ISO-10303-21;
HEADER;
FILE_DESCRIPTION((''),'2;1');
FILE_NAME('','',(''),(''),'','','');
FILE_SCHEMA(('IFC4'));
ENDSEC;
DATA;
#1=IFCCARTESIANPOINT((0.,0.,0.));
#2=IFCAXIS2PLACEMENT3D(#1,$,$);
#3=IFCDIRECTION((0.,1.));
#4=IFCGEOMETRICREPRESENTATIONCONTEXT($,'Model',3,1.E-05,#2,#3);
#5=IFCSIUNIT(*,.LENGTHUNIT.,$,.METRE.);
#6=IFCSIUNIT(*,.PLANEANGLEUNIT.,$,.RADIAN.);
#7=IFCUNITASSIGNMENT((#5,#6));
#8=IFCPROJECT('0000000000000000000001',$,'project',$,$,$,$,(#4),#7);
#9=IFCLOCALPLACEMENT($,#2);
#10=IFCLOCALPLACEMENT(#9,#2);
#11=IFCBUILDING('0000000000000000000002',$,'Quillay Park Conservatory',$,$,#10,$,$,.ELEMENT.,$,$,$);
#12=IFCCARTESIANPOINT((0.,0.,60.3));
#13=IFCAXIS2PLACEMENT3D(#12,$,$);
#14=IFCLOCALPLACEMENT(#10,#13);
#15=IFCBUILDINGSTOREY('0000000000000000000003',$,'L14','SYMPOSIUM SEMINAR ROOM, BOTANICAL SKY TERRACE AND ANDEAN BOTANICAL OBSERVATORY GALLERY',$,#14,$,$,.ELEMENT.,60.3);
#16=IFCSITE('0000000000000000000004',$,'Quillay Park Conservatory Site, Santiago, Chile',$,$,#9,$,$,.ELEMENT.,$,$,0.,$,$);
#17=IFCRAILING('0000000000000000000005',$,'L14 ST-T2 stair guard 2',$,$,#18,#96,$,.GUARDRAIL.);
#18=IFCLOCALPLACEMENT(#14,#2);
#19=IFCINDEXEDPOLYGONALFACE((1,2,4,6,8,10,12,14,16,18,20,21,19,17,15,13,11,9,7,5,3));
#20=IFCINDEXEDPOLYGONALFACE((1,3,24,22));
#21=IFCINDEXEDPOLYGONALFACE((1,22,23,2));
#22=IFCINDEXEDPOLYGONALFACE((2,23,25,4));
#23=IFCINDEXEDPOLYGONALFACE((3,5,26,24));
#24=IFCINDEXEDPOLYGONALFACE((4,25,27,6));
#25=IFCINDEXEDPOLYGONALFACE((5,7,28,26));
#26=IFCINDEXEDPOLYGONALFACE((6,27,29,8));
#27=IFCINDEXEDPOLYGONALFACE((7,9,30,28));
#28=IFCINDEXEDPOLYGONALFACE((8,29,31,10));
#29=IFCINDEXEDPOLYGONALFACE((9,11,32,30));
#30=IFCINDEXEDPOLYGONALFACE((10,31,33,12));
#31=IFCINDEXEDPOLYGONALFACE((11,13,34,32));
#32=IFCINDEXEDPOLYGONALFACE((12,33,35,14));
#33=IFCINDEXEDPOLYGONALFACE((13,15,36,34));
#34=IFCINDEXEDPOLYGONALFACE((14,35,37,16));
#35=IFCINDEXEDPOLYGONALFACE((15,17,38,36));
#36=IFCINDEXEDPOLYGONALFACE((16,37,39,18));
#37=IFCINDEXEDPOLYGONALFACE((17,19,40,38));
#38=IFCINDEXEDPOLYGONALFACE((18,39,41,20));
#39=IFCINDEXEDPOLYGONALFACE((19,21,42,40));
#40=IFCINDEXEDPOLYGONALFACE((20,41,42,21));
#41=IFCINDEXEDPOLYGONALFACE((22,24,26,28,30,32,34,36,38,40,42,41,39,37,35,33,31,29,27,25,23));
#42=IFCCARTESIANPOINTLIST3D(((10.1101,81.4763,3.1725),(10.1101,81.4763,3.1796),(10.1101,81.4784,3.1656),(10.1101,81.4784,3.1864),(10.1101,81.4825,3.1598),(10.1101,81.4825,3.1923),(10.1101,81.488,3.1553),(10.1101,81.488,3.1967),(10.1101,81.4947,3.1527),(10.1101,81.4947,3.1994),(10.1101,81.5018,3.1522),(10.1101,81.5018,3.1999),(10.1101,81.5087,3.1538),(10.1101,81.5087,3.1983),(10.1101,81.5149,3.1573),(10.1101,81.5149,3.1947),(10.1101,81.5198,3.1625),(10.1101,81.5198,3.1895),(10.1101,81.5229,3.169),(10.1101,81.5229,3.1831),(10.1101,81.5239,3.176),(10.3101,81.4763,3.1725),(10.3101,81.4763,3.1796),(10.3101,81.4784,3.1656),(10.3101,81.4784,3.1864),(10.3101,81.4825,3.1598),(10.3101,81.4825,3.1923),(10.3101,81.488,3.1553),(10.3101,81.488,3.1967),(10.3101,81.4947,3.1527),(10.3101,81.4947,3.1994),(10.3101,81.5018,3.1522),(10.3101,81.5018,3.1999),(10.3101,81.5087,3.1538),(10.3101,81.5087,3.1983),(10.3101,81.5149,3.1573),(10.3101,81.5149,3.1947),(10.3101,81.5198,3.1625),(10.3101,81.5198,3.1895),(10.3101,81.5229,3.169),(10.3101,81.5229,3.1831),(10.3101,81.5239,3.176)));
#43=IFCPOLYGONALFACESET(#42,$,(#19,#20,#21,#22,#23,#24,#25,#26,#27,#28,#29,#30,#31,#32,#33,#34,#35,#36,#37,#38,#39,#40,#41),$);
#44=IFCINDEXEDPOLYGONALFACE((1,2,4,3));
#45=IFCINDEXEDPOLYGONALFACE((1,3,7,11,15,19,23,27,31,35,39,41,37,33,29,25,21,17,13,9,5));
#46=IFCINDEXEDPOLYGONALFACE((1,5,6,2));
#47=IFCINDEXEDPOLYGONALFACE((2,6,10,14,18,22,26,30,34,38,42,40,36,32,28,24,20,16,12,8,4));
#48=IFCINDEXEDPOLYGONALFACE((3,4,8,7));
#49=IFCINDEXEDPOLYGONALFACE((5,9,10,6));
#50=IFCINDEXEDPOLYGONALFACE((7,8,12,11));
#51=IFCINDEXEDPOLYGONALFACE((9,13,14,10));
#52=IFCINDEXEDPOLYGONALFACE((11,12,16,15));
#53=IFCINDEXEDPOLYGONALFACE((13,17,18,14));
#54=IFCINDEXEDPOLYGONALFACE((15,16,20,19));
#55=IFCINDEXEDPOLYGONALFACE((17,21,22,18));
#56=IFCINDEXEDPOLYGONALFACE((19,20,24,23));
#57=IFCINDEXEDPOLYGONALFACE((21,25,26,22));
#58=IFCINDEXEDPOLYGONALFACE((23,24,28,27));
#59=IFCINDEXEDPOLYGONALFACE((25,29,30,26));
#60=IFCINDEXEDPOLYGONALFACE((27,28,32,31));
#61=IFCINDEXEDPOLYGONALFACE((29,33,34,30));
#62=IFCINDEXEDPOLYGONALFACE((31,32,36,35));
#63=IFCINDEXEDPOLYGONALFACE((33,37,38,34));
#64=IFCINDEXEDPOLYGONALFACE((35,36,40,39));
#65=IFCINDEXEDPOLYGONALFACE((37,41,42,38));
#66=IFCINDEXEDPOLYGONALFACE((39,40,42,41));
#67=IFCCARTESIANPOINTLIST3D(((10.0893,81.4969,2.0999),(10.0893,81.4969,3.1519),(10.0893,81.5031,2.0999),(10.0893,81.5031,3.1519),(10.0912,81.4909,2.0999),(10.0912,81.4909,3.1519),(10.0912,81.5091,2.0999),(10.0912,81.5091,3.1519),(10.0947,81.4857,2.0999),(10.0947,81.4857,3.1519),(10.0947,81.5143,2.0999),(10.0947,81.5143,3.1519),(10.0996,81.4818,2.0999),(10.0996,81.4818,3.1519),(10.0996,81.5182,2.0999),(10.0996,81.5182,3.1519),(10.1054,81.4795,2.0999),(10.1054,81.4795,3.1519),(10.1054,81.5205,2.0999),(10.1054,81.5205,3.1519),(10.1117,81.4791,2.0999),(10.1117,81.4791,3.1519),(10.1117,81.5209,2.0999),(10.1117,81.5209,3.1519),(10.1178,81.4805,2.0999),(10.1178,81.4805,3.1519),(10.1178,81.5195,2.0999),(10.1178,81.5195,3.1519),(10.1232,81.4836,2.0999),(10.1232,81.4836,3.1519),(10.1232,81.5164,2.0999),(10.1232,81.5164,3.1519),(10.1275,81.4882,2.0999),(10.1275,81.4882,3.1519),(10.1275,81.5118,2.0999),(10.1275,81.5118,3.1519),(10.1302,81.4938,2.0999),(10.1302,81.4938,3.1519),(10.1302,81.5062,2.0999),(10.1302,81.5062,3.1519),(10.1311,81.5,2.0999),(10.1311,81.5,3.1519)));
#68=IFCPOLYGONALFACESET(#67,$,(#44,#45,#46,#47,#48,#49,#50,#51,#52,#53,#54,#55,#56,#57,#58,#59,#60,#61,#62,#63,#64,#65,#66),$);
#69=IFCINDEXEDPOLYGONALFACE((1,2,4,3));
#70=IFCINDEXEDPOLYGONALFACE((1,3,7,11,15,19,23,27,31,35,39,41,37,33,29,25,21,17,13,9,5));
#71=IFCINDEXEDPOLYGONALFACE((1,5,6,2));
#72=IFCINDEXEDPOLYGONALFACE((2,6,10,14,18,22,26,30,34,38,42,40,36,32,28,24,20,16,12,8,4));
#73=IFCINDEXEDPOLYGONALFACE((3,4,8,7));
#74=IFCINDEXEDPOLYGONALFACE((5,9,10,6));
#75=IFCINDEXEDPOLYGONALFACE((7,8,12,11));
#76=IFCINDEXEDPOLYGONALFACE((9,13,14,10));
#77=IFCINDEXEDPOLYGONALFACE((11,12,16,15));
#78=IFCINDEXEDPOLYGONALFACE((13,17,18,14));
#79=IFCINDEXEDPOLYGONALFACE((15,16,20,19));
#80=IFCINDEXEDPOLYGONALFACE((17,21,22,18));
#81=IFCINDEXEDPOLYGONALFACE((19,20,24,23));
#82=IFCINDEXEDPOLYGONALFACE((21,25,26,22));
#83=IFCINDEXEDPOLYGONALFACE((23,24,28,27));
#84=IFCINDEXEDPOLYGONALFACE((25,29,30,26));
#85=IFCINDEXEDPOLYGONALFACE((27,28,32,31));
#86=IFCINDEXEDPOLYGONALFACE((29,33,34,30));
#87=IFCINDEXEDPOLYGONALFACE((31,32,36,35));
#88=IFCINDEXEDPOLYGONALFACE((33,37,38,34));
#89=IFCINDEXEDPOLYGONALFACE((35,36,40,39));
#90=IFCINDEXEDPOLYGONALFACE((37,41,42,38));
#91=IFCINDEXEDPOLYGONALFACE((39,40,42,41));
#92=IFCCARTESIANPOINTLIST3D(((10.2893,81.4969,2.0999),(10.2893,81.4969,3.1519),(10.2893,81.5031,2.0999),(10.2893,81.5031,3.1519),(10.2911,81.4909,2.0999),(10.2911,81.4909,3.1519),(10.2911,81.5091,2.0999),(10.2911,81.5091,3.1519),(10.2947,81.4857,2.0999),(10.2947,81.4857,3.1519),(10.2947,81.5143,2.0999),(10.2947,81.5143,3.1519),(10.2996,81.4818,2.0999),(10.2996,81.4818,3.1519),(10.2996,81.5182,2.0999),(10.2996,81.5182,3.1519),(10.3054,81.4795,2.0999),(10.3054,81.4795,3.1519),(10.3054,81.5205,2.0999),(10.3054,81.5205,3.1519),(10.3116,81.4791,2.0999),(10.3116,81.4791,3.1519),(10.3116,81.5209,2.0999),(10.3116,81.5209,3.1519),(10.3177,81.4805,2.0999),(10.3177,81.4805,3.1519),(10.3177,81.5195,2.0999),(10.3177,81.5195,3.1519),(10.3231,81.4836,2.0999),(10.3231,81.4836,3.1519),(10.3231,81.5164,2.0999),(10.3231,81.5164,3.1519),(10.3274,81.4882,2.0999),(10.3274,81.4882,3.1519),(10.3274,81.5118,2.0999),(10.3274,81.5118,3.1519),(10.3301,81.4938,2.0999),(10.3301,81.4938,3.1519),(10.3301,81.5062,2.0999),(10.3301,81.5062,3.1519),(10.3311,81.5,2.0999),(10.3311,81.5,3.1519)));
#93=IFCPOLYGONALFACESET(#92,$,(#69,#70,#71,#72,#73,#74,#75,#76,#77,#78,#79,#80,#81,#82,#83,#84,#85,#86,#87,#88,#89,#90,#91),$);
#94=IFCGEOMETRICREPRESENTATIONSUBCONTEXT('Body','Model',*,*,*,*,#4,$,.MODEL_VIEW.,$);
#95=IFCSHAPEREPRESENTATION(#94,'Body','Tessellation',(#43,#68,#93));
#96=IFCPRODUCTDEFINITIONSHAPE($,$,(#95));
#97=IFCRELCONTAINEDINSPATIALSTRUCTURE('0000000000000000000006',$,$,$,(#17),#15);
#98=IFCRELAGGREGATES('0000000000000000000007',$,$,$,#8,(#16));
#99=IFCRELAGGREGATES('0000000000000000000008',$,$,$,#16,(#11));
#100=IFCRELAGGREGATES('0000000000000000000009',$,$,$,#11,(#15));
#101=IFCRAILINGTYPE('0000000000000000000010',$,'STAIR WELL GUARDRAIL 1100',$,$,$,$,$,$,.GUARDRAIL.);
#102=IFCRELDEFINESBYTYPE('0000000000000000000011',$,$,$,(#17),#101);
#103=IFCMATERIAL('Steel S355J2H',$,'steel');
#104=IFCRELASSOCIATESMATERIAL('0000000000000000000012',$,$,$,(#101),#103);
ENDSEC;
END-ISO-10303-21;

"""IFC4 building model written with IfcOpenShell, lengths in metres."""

from ifc_helpers import new_model, si_unit, direction, frame, origin, origin_2d, place, context, subcontext, project, spatial, circle, extrude, material, type_object, element, save


model = new_model("IFC4")

# Units and contexts
model_context = context("Model", 3, precision=1e-05, world=origin(), true_north=direction((0.0, 1.0)))
body_context = subcontext(model_context, "Body", "Model", "MODEL_VIEW")
ifc_project = project(units=[si_unit("LENGTHUNIT", "METRE"), si_unit("PLANEANGLEUNIT", "RADIAN")], contexts=[model_context])

# Site, building, storey
site_placement = place(None, origin())
site = spatial("IfcSite", under=ifc_project, at=site_placement, Name="Quillay Park Conservatory Site, Santiago, Chile", CompositionType="ELEMENT", RefElevation=0.0)
building_placement = place(site_placement, origin())
building = spatial("IfcBuilding", under=site, at=building_placement, Name="Quillay Park Conservatory", CompositionType="ELEMENT")
storey_placement = place(building_placement, frame((0.0, 0.0, 60.3)))
storey = spatial("IfcBuildingStorey", under=building, at=storey_placement, Name="L14", Description="SYMPOSIUM SEMINAR ROOM, BOTANICAL SKY TERRACE AND ANDEAN BOTANICAL OBSERVATORY GALLERY", CompositionType="ELEMENT", Elevation=60.3)

# Railing
ifc_material_1 = material(Name="Steel S355J2H", Category="steel")
railing_type_1 = type_object("IfcRailingType", Name="STAIR WELL GUARDRAIL 1100", PredefinedType="GUARDRAIL", material=ifc_material_1)
railing_1_placement = place(storey_placement, frame((10.1101, 81.5, 2.0999)))
element("IfcRailing", 1, at=railing_1_placement, inside=storey, type_object=railing_type_1, Name="L14 ST-T2 stair guard 2", PredefinedType="GUARDRAIL", context=body_context, shape_type="SweptSolid", body=[
    extrude(circle(Radius=0.0239, at=origin_2d()), frame((0.0, 0.0, 1.0762), z_axis=(1.0, 0.0, 0.0), x_axis=(0.0, 1.0, 0.0)), (0.0, 0.0, 1.0), 0.2),
    extrude(circle(Radius=0.021, at=origin_2d()), origin(), (0.0, 0.0, 1.0), 1.052),
    extrude(circle(Radius=0.021, at=origin_2d()), frame((0.2, 0.0, 0.0)), (0.0, 0.0, 1.0), 1.052),
])

save(model, "model.ifc")
